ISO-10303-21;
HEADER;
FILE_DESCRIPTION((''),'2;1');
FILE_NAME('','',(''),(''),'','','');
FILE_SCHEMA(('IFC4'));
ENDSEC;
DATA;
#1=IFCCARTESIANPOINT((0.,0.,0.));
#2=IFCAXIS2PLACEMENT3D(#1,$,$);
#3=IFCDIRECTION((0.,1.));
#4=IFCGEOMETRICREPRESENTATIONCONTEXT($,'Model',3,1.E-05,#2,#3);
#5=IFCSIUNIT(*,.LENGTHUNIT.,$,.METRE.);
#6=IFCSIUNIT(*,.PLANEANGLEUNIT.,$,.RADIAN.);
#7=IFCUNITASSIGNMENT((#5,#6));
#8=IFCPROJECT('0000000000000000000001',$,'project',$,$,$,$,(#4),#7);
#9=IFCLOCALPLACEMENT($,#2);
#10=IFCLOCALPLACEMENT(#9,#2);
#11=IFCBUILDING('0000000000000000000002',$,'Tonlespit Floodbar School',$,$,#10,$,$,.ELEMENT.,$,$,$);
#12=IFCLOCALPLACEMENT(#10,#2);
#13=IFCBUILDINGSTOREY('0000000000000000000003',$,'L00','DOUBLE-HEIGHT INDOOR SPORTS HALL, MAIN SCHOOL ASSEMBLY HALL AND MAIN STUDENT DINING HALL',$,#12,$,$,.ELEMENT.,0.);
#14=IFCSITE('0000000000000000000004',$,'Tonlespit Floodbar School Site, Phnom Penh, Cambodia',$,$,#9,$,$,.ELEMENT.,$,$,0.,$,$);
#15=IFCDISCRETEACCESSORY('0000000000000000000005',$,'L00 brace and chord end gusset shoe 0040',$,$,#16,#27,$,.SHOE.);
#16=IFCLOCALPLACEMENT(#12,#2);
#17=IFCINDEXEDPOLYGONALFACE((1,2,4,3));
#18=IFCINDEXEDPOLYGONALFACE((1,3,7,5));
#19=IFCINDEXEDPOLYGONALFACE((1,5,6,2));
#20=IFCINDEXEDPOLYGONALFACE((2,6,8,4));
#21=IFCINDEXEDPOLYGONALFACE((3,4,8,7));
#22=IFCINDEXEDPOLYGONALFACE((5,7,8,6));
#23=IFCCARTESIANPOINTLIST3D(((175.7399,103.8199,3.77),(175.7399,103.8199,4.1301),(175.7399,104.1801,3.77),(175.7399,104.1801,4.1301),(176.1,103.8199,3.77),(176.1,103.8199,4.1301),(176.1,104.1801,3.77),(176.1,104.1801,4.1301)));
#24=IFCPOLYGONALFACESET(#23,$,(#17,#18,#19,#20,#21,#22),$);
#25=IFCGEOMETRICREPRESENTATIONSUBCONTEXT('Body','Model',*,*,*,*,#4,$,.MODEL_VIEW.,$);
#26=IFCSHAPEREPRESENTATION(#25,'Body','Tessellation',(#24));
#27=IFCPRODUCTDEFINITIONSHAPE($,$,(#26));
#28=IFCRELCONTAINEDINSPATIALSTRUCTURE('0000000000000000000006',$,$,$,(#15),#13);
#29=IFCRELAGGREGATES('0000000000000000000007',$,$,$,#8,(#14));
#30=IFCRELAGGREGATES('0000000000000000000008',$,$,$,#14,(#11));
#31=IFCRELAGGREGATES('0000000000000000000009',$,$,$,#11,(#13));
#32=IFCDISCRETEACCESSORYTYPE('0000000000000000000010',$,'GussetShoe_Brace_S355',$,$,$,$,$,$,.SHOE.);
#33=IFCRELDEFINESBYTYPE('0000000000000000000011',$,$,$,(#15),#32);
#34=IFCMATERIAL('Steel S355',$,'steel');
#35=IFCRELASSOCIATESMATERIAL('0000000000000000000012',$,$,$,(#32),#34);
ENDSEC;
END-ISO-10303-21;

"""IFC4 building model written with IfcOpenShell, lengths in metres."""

from ifc_helpers import new_model, si_unit, direction, frame, origin, origin_2d, place, context, subcontext, project, spatial, rectangle, extrude, material, type_object, element, save


model = new_model("IFC4")

# Units and contexts
model_context = context("Model", 3, precision=1e-05, world=origin(), true_north=direction((0.0, 1.0)))
body_context = subcontext(model_context, "Body", "Model", "MODEL_VIEW")
ifc_project = project(units=[si_unit("LENGTHUNIT", "METRE"), si_unit("PLANEANGLEUNIT", "RADIAN")], contexts=[model_context])

# Site, building, storey
site_placement = place(None, origin())
site = spatial("IfcSite", under=ifc_project, at=site_placement, Name="Tonlespit Floodbar School Site, Phnom Penh, Cambodia", CompositionType="ELEMENT", RefElevation=0.0)
building_placement = place(site_placement, origin())
building = spatial("IfcBuilding", under=site, at=building_placement, Name="Tonlespit Floodbar School", CompositionType="ELEMENT")
storey_placement = place(building_placement, origin())
storey = spatial("IfcBuildingStorey", under=building, at=storey_placement, Name="L00", Description="DOUBLE-HEIGHT INDOOR SPORTS HALL, MAIN SCHOOL ASSEMBLY HALL AND MAIN STUDENT DINING HALL", CompositionType="ELEMENT", Elevation=0.0)

# Discrete accessory
ifc_material_1 = material(Name="Steel S355", Category="steel")
discrete_accessory_type = type_object("IfcDiscreteAccessoryType", Name="GussetShoe_Brace_S355", PredefinedType="SHOE", material=ifc_material_1)
for number, where, z_axis, x_axis, name in (
    (1, (175.9199, 104.0, 3.77), (0.0, 0.0, 1.0), (1.0, 0.0, 0.0), "L00 brace and chord end gusset shoe 0040"),
):
    element("IfcDiscreteAccessory", number, at=place(storey_placement, frame(where, z_axis=z_axis, x_axis=x_axis)), inside=storey, type_object=discrete_accessory_type, Name=name, PredefinedType="SHOE", context=body_context, shape_type="SweptSolid", body=[
        extrude(rectangle(XDim=0.3601, YDim=0.3601, at=origin_2d()), origin(), (0.0, 0.0, 1.0), 0.3601),
    ])

save(model, "model.ifc")
